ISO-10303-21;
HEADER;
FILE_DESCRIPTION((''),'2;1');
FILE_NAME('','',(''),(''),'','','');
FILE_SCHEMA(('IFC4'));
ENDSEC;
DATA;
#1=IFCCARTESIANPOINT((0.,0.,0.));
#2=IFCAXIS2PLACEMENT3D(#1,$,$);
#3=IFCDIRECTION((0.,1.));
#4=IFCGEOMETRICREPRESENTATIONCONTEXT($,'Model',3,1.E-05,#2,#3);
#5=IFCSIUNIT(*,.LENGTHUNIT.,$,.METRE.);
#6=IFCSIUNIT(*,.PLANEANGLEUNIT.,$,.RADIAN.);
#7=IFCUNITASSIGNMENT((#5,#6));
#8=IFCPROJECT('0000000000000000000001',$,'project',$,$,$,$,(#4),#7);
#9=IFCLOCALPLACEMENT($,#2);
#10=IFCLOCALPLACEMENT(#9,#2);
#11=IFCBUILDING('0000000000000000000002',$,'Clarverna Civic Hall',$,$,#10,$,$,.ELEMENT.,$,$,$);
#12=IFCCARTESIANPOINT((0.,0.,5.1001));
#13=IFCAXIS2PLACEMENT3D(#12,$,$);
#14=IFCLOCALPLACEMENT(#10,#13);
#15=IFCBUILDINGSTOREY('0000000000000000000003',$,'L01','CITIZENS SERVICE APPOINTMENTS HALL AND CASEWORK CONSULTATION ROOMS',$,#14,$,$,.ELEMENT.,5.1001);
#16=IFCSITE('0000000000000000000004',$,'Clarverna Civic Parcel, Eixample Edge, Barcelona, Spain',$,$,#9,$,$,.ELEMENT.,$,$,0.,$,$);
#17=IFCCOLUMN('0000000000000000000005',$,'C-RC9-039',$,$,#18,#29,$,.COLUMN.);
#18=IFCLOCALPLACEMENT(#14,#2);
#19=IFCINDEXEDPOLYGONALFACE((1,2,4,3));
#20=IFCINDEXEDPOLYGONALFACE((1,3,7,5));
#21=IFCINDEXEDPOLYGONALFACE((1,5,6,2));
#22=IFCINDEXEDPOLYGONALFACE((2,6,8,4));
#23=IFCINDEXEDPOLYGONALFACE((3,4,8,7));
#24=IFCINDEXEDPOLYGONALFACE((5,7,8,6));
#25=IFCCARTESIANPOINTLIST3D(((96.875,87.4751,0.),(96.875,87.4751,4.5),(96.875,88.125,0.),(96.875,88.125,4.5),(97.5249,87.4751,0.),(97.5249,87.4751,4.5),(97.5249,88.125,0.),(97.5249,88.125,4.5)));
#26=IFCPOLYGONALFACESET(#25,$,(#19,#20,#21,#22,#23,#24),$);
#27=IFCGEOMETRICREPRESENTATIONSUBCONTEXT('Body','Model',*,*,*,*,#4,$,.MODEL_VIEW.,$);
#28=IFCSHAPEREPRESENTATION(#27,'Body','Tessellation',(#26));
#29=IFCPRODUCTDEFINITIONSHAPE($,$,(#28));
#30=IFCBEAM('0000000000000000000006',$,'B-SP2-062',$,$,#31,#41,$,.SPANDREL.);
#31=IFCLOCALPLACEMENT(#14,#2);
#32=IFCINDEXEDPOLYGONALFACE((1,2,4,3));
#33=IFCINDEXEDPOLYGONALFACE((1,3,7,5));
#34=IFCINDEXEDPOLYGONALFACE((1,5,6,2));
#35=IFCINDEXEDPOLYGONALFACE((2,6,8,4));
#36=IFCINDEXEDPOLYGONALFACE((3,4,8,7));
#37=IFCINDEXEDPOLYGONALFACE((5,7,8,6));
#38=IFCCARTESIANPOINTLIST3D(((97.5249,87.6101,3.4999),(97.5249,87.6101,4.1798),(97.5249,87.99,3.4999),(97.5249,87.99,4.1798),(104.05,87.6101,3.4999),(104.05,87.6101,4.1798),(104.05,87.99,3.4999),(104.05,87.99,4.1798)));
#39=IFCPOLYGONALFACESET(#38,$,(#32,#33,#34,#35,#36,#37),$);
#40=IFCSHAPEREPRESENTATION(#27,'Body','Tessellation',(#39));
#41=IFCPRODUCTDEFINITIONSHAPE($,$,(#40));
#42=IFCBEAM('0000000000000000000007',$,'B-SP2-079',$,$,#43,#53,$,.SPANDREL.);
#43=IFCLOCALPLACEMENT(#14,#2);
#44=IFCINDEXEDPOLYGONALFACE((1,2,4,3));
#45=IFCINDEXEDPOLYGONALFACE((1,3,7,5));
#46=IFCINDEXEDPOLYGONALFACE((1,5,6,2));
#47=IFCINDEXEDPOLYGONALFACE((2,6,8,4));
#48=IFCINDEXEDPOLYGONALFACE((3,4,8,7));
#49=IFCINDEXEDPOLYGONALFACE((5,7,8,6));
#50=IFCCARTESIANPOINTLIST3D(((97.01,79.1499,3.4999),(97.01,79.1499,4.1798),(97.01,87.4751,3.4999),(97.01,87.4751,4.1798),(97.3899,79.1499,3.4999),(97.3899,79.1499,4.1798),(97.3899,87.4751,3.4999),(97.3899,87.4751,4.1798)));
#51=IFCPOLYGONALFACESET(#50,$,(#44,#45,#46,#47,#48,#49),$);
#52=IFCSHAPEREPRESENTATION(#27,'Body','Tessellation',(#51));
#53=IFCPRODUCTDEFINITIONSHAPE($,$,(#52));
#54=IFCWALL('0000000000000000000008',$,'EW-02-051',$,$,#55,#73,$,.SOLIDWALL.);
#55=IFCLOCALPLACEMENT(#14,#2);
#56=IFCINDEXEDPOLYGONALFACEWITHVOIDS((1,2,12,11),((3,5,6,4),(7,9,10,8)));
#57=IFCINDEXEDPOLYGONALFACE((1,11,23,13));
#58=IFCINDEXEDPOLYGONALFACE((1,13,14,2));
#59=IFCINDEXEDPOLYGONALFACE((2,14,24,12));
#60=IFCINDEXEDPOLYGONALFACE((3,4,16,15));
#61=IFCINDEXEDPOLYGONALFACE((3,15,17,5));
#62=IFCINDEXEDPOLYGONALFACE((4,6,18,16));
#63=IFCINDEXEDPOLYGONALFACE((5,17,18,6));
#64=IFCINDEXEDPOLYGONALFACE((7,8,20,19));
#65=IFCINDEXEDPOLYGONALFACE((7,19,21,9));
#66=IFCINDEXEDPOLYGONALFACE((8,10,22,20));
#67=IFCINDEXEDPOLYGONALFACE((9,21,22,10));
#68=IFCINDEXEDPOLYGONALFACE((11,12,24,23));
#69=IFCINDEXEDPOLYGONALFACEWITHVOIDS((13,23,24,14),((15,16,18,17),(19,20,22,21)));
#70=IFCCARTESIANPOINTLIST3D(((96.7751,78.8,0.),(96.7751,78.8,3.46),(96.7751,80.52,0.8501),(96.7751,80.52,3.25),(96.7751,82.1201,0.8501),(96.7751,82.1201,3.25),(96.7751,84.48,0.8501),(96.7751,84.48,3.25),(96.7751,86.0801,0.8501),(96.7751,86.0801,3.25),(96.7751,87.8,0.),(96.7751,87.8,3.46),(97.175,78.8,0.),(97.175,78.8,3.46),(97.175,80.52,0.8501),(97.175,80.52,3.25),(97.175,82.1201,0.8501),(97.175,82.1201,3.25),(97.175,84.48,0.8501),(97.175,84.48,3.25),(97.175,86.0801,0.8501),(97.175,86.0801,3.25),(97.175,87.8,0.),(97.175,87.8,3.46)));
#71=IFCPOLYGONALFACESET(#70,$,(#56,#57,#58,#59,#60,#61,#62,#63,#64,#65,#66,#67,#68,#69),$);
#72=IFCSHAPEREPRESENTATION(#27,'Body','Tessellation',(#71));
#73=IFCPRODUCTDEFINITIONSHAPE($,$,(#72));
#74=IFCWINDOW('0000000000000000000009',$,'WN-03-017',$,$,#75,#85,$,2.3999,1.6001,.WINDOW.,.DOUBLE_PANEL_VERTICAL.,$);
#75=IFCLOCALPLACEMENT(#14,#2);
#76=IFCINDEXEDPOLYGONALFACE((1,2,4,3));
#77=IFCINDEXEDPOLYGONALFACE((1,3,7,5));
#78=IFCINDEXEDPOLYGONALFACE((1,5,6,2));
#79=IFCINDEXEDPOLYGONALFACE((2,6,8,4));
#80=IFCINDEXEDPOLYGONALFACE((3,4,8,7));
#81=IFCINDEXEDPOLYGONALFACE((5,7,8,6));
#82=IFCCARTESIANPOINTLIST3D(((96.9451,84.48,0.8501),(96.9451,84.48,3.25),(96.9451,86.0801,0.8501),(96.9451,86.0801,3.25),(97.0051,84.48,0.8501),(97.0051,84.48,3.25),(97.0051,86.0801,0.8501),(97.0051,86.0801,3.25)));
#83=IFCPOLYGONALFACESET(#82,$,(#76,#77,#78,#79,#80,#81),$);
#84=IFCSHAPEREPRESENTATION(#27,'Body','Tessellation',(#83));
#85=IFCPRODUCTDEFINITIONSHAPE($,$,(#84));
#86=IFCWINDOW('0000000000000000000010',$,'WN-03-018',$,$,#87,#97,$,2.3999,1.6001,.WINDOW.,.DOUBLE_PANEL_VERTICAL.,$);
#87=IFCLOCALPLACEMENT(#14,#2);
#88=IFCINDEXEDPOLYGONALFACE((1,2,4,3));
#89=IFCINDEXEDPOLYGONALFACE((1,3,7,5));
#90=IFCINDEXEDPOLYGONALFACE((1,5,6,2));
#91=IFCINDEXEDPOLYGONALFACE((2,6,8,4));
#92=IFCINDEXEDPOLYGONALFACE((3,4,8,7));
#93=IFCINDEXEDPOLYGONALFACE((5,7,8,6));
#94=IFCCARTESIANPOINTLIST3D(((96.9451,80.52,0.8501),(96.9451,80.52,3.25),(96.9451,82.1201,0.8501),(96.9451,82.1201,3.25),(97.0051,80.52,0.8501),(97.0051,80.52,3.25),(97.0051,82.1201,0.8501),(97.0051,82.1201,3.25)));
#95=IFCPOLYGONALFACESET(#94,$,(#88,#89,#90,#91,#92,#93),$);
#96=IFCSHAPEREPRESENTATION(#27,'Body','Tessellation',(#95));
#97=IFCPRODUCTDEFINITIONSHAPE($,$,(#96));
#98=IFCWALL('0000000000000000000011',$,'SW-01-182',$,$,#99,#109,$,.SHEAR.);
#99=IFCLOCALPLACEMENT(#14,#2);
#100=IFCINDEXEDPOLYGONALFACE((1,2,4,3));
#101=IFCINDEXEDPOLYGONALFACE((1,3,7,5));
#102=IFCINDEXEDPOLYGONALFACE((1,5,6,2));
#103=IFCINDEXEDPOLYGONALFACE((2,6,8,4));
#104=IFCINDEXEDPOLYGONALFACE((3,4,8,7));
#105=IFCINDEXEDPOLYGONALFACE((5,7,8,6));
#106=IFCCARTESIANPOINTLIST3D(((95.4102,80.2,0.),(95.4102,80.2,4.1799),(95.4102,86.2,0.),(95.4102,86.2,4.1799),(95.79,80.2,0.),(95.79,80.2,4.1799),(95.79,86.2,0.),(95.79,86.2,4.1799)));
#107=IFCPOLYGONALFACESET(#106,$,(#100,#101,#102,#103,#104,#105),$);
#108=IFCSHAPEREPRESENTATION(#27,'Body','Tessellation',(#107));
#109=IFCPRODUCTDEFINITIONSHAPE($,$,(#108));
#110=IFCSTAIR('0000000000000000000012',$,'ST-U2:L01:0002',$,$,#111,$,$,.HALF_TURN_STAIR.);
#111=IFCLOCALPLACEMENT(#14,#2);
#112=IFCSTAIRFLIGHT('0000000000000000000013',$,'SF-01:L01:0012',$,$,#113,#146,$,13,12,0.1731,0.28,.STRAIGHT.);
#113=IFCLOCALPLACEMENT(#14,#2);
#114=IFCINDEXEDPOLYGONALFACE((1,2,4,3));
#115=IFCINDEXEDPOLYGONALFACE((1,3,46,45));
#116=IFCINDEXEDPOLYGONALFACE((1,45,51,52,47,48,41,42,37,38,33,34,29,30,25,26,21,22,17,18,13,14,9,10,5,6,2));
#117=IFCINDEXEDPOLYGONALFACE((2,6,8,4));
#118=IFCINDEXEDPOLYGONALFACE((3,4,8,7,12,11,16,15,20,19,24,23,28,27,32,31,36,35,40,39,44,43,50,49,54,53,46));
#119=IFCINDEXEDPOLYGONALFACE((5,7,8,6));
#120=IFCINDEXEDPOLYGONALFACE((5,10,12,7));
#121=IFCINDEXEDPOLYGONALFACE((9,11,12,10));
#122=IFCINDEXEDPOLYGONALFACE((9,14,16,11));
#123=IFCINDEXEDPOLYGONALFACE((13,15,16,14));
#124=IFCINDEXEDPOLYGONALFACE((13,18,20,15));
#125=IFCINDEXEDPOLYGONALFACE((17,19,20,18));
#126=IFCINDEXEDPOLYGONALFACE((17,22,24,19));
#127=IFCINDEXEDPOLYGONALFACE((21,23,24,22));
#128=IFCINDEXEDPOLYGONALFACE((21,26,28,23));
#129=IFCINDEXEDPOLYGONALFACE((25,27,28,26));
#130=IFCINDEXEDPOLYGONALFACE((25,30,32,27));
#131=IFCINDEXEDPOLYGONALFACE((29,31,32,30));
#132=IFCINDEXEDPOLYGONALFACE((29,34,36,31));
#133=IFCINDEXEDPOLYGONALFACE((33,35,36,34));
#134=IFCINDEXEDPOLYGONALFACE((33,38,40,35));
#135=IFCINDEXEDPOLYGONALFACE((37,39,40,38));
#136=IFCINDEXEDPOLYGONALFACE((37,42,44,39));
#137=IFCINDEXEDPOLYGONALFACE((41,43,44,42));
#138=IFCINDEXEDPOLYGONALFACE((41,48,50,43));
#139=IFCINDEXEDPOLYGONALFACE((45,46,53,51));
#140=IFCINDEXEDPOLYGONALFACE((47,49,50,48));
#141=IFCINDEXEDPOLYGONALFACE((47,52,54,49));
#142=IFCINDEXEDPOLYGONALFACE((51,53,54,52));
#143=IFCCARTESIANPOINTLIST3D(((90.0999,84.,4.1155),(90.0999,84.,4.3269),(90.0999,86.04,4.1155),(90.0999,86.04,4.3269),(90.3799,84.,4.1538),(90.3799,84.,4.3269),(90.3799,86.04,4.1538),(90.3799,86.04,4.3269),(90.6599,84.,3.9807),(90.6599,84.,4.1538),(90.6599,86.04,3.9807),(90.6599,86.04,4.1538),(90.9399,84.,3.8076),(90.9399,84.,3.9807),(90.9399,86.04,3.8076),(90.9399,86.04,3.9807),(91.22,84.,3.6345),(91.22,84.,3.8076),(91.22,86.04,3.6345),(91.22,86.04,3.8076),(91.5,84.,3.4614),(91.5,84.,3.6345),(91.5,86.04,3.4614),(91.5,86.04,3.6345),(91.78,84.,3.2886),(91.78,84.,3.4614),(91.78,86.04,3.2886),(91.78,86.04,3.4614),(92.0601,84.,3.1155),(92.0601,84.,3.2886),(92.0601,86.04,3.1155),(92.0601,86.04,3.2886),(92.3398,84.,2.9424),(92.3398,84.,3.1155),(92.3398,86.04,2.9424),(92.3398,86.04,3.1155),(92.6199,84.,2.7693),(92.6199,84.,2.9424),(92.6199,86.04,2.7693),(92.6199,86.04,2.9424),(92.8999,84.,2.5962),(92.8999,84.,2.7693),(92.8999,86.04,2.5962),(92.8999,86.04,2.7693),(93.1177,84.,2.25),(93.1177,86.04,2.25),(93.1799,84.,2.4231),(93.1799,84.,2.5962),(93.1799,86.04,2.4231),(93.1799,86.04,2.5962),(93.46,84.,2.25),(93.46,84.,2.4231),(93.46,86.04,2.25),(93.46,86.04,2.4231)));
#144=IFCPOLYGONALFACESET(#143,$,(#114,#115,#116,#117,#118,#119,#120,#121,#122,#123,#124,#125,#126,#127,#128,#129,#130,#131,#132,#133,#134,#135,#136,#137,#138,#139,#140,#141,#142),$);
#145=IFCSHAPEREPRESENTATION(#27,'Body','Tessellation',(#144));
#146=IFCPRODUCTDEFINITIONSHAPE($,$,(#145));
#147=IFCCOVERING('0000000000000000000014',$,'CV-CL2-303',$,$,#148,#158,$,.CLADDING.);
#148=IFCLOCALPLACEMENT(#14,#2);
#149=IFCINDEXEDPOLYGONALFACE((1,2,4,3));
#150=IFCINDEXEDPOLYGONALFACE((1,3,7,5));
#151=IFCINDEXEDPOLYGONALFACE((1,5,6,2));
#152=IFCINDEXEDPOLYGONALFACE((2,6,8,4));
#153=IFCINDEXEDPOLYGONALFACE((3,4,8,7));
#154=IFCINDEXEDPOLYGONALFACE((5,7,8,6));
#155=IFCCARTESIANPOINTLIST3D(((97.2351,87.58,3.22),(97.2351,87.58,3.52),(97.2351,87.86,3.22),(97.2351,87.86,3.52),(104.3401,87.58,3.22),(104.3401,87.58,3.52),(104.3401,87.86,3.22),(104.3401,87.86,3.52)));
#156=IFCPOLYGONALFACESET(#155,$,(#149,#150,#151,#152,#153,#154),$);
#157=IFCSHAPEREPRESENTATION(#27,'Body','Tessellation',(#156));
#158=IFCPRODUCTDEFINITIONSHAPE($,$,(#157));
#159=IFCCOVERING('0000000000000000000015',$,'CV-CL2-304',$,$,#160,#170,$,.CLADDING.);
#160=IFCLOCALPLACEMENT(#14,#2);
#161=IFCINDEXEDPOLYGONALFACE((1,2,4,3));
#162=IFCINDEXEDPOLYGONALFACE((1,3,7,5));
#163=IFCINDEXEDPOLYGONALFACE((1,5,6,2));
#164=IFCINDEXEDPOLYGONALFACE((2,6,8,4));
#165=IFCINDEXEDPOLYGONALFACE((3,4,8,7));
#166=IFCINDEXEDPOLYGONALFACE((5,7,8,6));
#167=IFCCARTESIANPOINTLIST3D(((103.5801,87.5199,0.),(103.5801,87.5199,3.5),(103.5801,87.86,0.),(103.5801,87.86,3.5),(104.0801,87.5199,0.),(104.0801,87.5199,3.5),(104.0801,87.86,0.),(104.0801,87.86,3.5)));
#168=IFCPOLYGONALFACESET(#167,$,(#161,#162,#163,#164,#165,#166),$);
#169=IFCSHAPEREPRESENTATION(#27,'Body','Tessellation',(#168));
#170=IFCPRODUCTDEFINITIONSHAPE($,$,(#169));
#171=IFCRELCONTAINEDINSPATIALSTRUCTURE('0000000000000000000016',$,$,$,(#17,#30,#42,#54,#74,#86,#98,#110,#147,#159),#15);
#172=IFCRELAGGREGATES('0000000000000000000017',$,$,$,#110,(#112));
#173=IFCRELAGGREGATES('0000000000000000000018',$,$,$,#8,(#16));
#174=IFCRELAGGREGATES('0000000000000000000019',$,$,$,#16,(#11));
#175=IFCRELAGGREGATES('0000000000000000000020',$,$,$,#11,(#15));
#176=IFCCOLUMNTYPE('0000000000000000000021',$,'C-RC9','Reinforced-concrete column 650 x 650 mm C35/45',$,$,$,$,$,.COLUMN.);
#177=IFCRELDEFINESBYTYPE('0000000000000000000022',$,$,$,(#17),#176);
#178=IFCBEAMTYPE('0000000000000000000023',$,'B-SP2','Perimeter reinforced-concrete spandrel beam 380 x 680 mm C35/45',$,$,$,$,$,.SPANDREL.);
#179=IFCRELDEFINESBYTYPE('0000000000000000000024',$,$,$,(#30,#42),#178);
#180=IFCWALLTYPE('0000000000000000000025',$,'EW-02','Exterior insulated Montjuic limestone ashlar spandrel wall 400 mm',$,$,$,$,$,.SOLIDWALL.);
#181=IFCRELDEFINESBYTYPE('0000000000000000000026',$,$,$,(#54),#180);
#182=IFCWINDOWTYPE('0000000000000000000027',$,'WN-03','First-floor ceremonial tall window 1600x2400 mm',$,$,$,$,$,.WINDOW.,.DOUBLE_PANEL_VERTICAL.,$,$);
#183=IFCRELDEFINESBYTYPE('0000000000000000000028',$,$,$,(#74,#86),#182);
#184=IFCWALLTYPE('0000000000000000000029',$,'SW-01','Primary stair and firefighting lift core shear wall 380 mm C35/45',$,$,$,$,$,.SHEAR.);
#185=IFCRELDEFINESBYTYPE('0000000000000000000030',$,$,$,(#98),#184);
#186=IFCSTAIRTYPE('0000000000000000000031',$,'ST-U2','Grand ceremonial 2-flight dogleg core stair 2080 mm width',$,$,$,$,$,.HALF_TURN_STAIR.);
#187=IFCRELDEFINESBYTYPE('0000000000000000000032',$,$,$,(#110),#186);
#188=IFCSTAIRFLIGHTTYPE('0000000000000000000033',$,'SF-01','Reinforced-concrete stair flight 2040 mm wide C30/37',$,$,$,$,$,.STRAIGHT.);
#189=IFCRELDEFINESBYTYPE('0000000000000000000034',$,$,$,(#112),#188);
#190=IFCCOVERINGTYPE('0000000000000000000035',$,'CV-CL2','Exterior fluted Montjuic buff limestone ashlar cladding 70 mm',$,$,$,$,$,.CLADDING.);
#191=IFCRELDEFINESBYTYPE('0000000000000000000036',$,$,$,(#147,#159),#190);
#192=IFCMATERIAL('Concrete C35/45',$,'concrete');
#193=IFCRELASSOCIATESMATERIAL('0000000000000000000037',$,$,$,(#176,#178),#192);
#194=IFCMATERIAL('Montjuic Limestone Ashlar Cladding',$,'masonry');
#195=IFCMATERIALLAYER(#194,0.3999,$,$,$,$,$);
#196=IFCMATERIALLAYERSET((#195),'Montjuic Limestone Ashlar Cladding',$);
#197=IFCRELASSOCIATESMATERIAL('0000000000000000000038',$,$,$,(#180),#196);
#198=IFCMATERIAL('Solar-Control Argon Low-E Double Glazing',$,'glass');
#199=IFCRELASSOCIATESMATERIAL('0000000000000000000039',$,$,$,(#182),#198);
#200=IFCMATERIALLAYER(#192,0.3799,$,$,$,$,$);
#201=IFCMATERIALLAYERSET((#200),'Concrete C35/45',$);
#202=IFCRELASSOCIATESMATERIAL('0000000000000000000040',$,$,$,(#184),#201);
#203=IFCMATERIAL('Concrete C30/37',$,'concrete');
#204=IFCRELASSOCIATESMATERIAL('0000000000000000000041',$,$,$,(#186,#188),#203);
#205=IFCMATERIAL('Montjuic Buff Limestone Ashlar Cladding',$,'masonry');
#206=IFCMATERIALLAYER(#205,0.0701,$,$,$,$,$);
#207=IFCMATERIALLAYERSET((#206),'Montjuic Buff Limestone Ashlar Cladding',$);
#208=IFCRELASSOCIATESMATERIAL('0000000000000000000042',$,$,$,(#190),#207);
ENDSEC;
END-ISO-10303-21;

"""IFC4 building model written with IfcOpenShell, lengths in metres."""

from ifc_helpers import new_model, si_unit, direction, frame, frame_2d, origin, origin_2d, place, context, subcontext, project, spatial, polyline, rectangle, outline, extrude, material, layer, layer_set, material_profile, profile_set, type_object, element, fill, aggregate, save


model = new_model("IFC4")

# Units and contexts
model_context = context("Model", 3, precision=1e-05, world=origin(), true_north=direction((0.0, 1.0)))
body_context = subcontext(model_context, "Body", "Model", "MODEL_VIEW")
ifc_project = project(units=[si_unit("LENGTHUNIT", "METRE"), si_unit("PLANEANGLEUNIT", "RADIAN")], contexts=[model_context])

# Site, building, storey
site_placement = place(None, origin())
site = spatial("IfcSite", under=ifc_project, at=site_placement, Name="Clarverna Civic Parcel, Eixample Edge, Barcelona, Spain", CompositionType="ELEMENT", RefElevation=0.0)
building_placement = place(site_placement, origin())
building = spatial("IfcBuilding", under=site, at=building_placement, Name="Clarverna Civic Hall", CompositionType="ELEMENT")
storey_placement = place(building_placement, frame((0.0, 0.0, 5.1001)))
storey = spatial("IfcBuildingStorey", under=building, at=storey_placement, Name="L01", Description="CITIZENS SERVICE APPOINTMENTS HALL AND CASEWORK CONSULTATION ROOMS", CompositionType="ELEMENT", Elevation=5.1001)

# Column
ifc_material_1 = material(Name="Concrete C35/45", Category="concrete")
ifc_material_profile_1 = material_profile(ifc_material_1, rectangle(XDim=0.6499, YDim=0.6499, at=origin_2d()), Name="RC 650x650")
ifc_profile_set_1 = profile_set([ifc_material_profile_1], Name="Concrete C35/45")
column_type = type_object("IfcColumnType", Name="C-RC9", Description="Reinforced-concrete column 650 x 650 mm C35/45", PredefinedType="COLUMN", material=ifc_profile_set_1)
column_placement = place(storey_placement, frame((97.2, 87.8, 0.0), z_axis=(0.0, 0.0, 1.0), x_axis=(1.0, 0.0, 0.0)))
element("IfcColumn", 1, at=column_placement, inside=storey, type_object=column_type, Name="C-RC9-039", PredefinedType="COLUMN", context=body_context, shape_type="SweptSolid", body=[
    extrude(rectangle(XDim=0.6499, YDim=0.6499, at=origin_2d()), origin(), (0.0, 0.0, 1.0), 4.5),
])

# Beams
ifc_material_profile_2 = material_profile(ifc_material_1, rectangle(XDim=0.3799, YDim=0.6799, at=origin_2d()), Name="RC 380x680")
ifc_profile_set_2 = profile_set([ifc_material_profile_2], Name="Concrete C35/45")
beam_type = type_object("IfcBeamType", Name="B-SP2", Description="Perimeter reinforced-concrete spandrel beam 380 x 680 mm C35/45", PredefinedType="SPANDREL", material=ifc_profile_set_2)
beam_1_placement = place(storey_placement, frame((97.5249, 87.8, 3.8398), z_axis=(1.0, 0.0, 0.0), x_axis=(0.0, 1.0, 0.0)))
element("IfcBeam", 2, at=beam_1_placement, inside=storey, type_object=beam_type, Name="B-SP2-062", PredefinedType="SPANDREL", context=body_context, shape_type="SweptSolid", body=[
    extrude(rectangle(XDim=0.3799, YDim=0.6799, at=origin_2d()), origin(), (0.0, 0.0, 1.0), 6.5251),
])
beam_2_placement = place(storey_placement, frame((97.2, 79.1499, 3.8398), z_axis=(0.0, 1.0, 0.0), x_axis=(-1.0, 0.0, 0.0)))
element("IfcBeam", 3, at=beam_2_placement, inside=storey, type_object=beam_type, Name="B-SP2-079", PredefinedType="SPANDREL", context=body_context, shape_type="SweptSolid", body=[
    extrude(rectangle(XDim=0.3799, YDim=0.6799, at=origin_2d()), origin(), (0.0, 0.0, 1.0), 8.3252),
])

# Wall, openings, windows
ifc_material_2 = material(Name="Montjuic Limestone Ashlar Cladding", Category="masonry")
ifc_layer_1 = layer(ifc_material_2, 0.3999)
ifc_layer_set_1 = layer_set([ifc_layer_1], Name="Montjuic Limestone Ashlar Cladding")
wall_type_1 = type_object("IfcWallType", Name="EW-02", Description="Exterior insulated Montjuic limestone ashlar spandrel wall 400 mm", PredefinedType="SOLIDWALL", material=ifc_layer_set_1)
wall_1_placement = place(storey_placement, frame((96.9751, 87.8, 0.0), z_axis=(0.0, 0.0, 1.0), x_axis=(0.0, -1.0, 0.0)))
wall_1 = element("IfcWall", 4, at=wall_1_placement, inside=storey, type_object=wall_type_1, Name="EW-02-051", PredefinedType="SOLIDWALL", context=body_context, shape_type="SweptSolid", body=[
    extrude(rectangle(XDim=9.0, YDim=0.3999, at=frame_2d((4.5, 0.0))), origin(), (0.0, 0.0, 1.0), 3.46),
])
opening_1_placement = place(wall_1_placement, frame((1.72, 0.0, 0.8501)))
opening_1 = element("IfcOpeningElement", 5, at=opening_1_placement, cuts=wall_1, PredefinedType="OPENING", context=body_context, shape_type="SweptSolid", body=[
    extrude(rectangle(XDim=1.6001, YDim=2.3999, at=frame_2d((0.8, 1.2))), frame((0.0, 0.21, 0.0), z_axis=(0.0, -1.0, 0.0), x_axis=(1.0, 0.0, 0.0)), (0.0, 0.0, 1.0), 0.4199),
])
opening_2_placement = place(wall_1_placement, frame((5.6799, 0.0, 0.8501)))
opening_2 = element("IfcOpeningElement", 6, at=opening_2_placement, cuts=wall_1, PredefinedType="OPENING", context=body_context, shape_type="SweptSolid", body=[
    extrude(rectangle(XDim=1.6001, YDim=2.3999, at=frame_2d((0.8, 1.2))), frame((0.0, 0.21, 0.0), z_axis=(0.0, -1.0, 0.0), x_axis=(1.0, 0.0, 0.0)), (0.0, 0.0, 1.0), 0.4199),
])
ifc_material_3 = material(Name="Solar-Control Argon Low-E Double Glazing", Category="glass")
window_type = type_object("IfcWindowType", Name="WN-03", Description="First-floor ceremonial tall window 1600x2400 mm", PartitioningType="DOUBLE_PANEL_VERTICAL", PredefinedType="WINDOW", material=ifc_material_3)
window_1_placement = place(opening_1_placement, origin())
window_1 = element("IfcWindow", 7, at=window_1_placement, inside=storey, type_object=window_type, Name="WN-03-017", OverallHeight=2.3999, OverallWidth=1.6001, PartitioningType="DOUBLE_PANEL_VERTICAL", PredefinedType="WINDOW", context=body_context, shape_type="SweptSolid", body=[
    extrude(rectangle(XDim=1.6001, YDim=2.3999, at=frame_2d((0.8, 1.2))), frame((0.0, 0.03, 0.0), z_axis=(0.0, -1.0, 0.0), x_axis=(1.0, 0.0, 0.0)), (0.0, 0.0, 1.0), 0.0601),
])
fill(opening_1, window_1)
window_2_placement = place(opening_2_placement, origin())
window_2 = element("IfcWindow", 8, at=window_2_placement, inside=storey, type_object=window_type, Name="WN-03-018", OverallHeight=2.3999, OverallWidth=1.6001, PartitioningType="DOUBLE_PANEL_VERTICAL", PredefinedType="WINDOW", context=body_context, shape_type="SweptSolid", body=[
    extrude(rectangle(XDim=1.6001, YDim=2.3999, at=frame_2d((0.8, 1.2))), frame((0.0, 0.03, 0.0), z_axis=(0.0, -1.0, 0.0), x_axis=(1.0, 0.0, 0.0)), (0.0, 0.0, 1.0), 0.0601),
])
fill(opening_2, window_2)

# Wall
ifc_layer_2 = layer(ifc_material_1, 0.3799)
ifc_layer_set_2 = layer_set([ifc_layer_2], Name="Concrete C35/45")
wall_type_2 = type_object("IfcWallType", Name="SW-01", Description="Primary stair and firefighting lift core shear wall 380 mm C35/45", PredefinedType="SHEAR", material=ifc_layer_set_2)
wall_2_placement = place(storey_placement, frame((95.6001, 80.2, 0.0), z_axis=(0.0, 0.0, 1.0), x_axis=(0.0, 1.0, 0.0)))
element("IfcWall", 9, at=wall_2_placement, inside=storey, type_object=wall_type_2, Name="SW-01-182", PredefinedType="SHEAR", context=body_context, shape_type="SweptSolid", body=[
    extrude(rectangle(XDim=6.0, YDim=0.3799, at=frame_2d((3.0, 0.0))), origin(), (0.0, 0.0, 1.0), 4.1799),
])

# Stair, stair flight
ifc_material_4 = material(Name="Concrete C30/37", Category="concrete")
stair_type = type_object("IfcStairType", Name="ST-U2", Description="Grand ceremonial 2-flight dogleg core stair 2080 mm width", PredefinedType="HALF_TURN_STAIR", material=ifc_material_4)
stair_placement = place(storey_placement, origin())
stair = element("IfcStair", 10, at=stair_placement, inside=storey, type_object=stair_type, Name="ST-U2:L01:0002", PredefinedType="HALF_TURN_STAIR")
stair_flight_type = type_object("IfcStairFlightType", Name="SF-01", Description="Reinforced-concrete stair flight 2040 mm wide C30/37", PredefinedType="STRAIGHT", material=ifc_material_4)
stair_flight_placement = place(storey_placement, frame((93.46, 85.02, 2.25), z_axis=(0.0, 0.0, 1.0), x_axis=(-1.0, 0.0, 0.0)))
stair_flight = element("IfcStairFlight", 11, at=stair_flight_placement, type_object=stair_flight_type, Name="SF-01:L01:0012", NumberOfRisers=13, NumberOfTreads=12, PredefinedType="STRAIGHT", RiserHeight=0.1731, TreadLength=0.28, context=body_context, shape_type="SweptSolid", body=[
    extrude(outline(polyline([(0.0, 0.0), (0.0, 0.1731), (0.28, 0.1731), (0.28, 0.3462), (0.5601, 0.3462), (0.5601, 0.5193), (0.8401, 0.5193), (0.8401, 0.6924), (1.1201, 0.6924), (1.1201, 0.8655), (1.3999, 0.8655), (1.3999, 1.0386), (1.6799, 1.0386), (1.6799, 1.2114), (1.96, 1.2114), (1.96, 1.3845), (2.24, 1.3845), (2.24, 1.5576), (2.52, 1.5576), (2.52, 1.7307), (2.8, 1.7307), (2.8, 1.9038), (3.0801, 1.9038), (3.0801, 2.0769), (3.3601, 2.0769), (3.3601, 2.25), (3.3601, 1.8655), (0.3423, 0.0), (0.0, 0.0)])), frame((0.0, 1.02, 0.0), z_axis=(0.0, -1.0, 0.0), x_axis=(1.0, 0.0, 0.0)), (0.0, 0.0, 1.0), 2.04),
])
aggregate(stair, [stair_flight])

# Coverings
ifc_material_5 = material(Name="Montjuic Buff Limestone Ashlar Cladding", Category="masonry")
ifc_layer_3 = layer(ifc_material_5, 0.0701)
ifc_layer_set_3 = layer_set([ifc_layer_3], Name="Montjuic Buff Limestone Ashlar Cladding")
covering_type = type_object("IfcCoveringType", Name="CV-CL2", Description="Exterior fluted Montjuic buff limestone ashlar cladding 70 mm", PredefinedType="CLADDING", material=ifc_layer_set_3)
covering_1_placement = place(storey_placement, frame((104.3401, 87.72, 3.22), z_axis=(0.0, 0.0, 1.0), x_axis=(-1.0, 0.0, 0.0)))
element("IfcCovering", 12, at=covering_1_placement, inside=storey, type_object=covering_type, Name="CV-CL2-303", PredefinedType="CLADDING", context=body_context, shape_type="SweptSolid", body=[
    extrude(rectangle(XDim=7.105, YDim=0.28, at=frame_2d((3.5525, 0.0))), origin(), (0.0, 0.0, 1.0), 0.3),
])
for number, where, z_axis, x_axis, name in (
    (13, (104.0801, 87.6899, 0.0), (0.0, 0.0, 1.0), (-1.0, 0.0, 0.0), "CV-CL2-304"),
):
    element("IfcCovering", number, at=place(storey_placement, frame(where, z_axis=z_axis, x_axis=x_axis)), inside=storey, type_object=covering_type, Name=name, PredefinedType="CLADDING", context=body_context, shape_type="SweptSolid", body=[
        extrude(rectangle(XDim=0.5, YDim=0.3401, at=frame_2d((0.25, 0.0))), origin(), (0.0, 0.0, 1.0), 3.5),
    ])

save(model, "model.ifc")
